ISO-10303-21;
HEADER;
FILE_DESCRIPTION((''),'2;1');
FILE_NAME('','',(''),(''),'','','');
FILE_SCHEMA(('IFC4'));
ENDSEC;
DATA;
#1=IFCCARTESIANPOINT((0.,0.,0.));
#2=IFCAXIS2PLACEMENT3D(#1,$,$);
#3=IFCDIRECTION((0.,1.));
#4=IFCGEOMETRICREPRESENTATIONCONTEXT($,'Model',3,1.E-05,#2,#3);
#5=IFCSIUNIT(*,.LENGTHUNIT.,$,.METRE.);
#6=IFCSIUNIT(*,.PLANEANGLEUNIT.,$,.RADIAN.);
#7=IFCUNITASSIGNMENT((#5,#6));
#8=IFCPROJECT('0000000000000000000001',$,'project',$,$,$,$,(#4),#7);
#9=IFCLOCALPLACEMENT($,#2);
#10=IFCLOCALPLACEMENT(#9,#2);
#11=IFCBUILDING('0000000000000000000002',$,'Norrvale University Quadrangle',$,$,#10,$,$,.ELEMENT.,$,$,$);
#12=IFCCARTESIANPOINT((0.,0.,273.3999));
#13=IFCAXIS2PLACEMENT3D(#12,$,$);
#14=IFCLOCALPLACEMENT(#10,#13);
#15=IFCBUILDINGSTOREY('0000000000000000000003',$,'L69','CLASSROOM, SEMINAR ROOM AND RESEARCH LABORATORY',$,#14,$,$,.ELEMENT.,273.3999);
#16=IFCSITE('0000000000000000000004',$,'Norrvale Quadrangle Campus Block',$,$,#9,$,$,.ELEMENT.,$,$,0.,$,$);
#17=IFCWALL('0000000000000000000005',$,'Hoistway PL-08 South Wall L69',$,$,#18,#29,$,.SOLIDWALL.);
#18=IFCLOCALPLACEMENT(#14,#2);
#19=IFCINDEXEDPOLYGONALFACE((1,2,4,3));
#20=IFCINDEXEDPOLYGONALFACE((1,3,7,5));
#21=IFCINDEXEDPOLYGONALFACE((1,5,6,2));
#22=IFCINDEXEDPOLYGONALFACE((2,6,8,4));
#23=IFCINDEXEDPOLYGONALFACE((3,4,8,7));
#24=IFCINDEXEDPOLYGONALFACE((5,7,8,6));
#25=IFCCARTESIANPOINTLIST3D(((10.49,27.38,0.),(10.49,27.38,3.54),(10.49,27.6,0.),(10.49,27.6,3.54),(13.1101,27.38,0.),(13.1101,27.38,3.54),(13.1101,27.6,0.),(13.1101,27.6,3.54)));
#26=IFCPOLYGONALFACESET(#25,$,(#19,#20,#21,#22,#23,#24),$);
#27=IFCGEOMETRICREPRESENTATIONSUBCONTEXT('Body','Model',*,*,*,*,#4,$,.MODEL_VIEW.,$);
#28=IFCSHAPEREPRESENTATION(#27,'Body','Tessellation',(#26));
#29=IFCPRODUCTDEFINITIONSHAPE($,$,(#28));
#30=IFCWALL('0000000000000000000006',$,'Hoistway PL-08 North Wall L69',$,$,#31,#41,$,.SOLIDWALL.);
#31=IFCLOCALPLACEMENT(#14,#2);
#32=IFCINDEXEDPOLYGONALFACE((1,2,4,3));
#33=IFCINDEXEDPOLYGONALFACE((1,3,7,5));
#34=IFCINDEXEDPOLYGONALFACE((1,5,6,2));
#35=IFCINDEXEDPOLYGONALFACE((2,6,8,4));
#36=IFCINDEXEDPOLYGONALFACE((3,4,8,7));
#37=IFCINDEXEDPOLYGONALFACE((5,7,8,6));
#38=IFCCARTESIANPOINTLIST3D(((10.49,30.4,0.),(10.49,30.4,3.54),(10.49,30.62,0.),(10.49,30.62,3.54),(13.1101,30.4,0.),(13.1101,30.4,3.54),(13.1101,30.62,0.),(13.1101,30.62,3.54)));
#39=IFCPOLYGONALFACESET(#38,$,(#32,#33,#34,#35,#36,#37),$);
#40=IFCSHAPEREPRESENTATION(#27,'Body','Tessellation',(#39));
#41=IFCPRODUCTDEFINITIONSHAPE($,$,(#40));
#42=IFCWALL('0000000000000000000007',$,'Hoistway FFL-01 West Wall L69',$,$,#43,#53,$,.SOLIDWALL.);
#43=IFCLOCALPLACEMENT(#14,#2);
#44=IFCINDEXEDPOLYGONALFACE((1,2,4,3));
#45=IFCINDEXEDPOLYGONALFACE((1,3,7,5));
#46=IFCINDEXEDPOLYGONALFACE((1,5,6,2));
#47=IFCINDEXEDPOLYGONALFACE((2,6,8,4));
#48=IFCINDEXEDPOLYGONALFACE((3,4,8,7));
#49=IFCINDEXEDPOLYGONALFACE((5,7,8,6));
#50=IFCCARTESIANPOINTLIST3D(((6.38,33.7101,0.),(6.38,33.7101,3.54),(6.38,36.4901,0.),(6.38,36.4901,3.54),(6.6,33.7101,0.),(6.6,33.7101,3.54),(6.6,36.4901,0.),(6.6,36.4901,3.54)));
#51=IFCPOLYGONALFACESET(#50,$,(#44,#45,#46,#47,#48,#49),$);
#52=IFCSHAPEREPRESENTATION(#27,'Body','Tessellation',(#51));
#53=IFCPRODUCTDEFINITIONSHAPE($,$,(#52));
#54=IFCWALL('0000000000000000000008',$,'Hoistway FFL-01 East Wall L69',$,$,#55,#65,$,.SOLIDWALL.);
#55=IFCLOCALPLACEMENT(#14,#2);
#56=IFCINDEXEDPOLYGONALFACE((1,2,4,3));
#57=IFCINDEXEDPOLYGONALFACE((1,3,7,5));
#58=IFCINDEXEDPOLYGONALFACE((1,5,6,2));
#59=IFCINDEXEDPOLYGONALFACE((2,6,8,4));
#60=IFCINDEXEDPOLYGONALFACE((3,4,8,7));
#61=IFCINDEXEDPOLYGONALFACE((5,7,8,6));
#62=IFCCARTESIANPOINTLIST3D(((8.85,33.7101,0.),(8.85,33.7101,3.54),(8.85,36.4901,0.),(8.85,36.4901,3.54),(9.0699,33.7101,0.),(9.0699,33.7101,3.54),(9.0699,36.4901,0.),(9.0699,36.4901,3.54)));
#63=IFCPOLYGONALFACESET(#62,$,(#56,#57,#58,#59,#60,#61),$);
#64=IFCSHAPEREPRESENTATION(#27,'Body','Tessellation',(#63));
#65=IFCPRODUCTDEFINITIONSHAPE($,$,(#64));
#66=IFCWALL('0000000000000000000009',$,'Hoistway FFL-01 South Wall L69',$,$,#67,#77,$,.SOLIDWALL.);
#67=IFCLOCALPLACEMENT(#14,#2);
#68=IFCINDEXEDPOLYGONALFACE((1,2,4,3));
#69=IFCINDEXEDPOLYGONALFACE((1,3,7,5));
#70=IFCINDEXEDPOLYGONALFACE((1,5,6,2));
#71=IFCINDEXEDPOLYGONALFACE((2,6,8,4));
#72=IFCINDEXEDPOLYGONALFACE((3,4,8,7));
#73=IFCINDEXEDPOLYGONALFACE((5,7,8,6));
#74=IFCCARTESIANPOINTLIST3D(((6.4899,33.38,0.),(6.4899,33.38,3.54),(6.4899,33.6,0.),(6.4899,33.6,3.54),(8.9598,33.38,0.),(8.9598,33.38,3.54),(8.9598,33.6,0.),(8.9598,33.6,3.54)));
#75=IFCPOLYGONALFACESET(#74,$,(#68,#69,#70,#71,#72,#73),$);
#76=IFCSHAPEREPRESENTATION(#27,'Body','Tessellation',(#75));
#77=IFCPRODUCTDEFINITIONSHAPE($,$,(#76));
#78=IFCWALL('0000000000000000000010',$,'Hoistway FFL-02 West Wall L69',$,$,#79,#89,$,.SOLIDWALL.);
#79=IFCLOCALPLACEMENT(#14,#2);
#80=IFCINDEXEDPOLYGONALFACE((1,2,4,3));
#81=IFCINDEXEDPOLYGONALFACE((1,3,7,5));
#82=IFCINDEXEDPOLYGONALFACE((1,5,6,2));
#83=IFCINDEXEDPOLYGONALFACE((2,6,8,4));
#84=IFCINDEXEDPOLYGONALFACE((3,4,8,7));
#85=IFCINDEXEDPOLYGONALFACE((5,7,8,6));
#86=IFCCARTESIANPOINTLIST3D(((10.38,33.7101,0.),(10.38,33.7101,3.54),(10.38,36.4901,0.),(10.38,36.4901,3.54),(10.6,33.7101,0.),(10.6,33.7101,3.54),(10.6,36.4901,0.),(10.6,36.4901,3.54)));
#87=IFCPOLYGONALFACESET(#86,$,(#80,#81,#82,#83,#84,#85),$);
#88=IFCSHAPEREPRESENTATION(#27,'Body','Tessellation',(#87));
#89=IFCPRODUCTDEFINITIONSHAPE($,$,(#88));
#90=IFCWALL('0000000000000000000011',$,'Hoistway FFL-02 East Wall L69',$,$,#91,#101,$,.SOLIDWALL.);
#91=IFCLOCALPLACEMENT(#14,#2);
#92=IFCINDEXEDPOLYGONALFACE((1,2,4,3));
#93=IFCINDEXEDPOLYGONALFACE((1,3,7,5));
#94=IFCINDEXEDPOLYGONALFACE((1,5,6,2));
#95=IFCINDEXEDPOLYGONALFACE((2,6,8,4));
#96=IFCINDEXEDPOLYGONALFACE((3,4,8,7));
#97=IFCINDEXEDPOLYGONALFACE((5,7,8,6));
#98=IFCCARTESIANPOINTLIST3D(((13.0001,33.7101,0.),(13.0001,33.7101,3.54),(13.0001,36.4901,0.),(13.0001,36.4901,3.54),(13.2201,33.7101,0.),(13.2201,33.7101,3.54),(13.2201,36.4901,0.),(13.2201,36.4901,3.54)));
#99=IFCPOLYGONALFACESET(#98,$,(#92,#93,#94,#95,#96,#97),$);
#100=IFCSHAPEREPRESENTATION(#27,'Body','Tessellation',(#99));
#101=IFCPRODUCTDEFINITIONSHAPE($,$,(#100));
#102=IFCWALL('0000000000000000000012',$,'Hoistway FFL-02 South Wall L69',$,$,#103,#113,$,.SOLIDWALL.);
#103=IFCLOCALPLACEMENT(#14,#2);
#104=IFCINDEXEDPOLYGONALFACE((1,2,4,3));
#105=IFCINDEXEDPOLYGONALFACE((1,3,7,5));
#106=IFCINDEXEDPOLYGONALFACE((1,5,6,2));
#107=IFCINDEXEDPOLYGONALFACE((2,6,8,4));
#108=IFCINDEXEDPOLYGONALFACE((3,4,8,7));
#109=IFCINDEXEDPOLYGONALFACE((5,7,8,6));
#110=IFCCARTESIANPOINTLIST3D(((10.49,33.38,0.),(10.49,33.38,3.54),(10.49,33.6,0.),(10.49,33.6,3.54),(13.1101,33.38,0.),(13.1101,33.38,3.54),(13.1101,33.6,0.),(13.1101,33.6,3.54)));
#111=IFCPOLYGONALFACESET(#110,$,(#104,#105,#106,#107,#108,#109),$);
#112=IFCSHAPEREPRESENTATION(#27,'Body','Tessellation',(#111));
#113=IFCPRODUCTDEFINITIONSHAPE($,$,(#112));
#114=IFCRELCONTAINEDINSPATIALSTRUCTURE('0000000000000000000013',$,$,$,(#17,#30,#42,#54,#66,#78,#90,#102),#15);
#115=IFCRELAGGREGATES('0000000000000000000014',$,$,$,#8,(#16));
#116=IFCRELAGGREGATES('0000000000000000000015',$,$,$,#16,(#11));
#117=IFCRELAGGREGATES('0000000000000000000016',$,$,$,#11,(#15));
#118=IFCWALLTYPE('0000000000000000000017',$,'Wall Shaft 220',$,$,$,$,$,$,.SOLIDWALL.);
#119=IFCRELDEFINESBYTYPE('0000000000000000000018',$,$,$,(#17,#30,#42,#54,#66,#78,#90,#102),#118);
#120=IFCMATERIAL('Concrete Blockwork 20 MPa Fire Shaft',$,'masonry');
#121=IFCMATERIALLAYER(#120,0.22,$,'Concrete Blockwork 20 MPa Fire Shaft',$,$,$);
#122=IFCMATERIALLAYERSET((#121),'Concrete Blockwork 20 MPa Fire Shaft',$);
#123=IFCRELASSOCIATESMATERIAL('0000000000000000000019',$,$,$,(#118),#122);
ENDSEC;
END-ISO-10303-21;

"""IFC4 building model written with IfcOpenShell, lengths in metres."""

from ifc_helpers import new_model, si_unit, direction, frame, frame_2d, origin, place, context, subcontext, project, spatial, rectangle, extrude, material, layer, layer_set, type_object, element, save


model = new_model("IFC4")

# Units and contexts
model_context = context("Model", 3, precision=1e-05, world=origin(), true_north=direction((0.0, 1.0)))
body_context = subcontext(model_context, "Body", "Model", "MODEL_VIEW")
ifc_project = project(units=[si_unit("LENGTHUNIT", "METRE"), si_unit("PLANEANGLEUNIT", "RADIAN")], contexts=[model_context])

# Site, building, storey
site_placement = place(None, origin())
site = spatial("IfcSite", under=ifc_project, at=site_placement, Name="Norrvale Quadrangle Campus Block", CompositionType="ELEMENT", RefElevation=0.0)
building_placement = place(site_placement, origin())
building = spatial("IfcBuilding", under=site, at=building_placement, Name="Norrvale University Quadrangle", CompositionType="ELEMENT")
storey_placement = place(building_placement, frame((0.0, 0.0, 273.3999)))
storey = spatial("IfcBuildingStorey", under=building, at=storey_placement, Name="L69", Description="CLASSROOM, SEMINAR ROOM AND RESEARCH LABORATORY", CompositionType="ELEMENT", Elevation=273.3999)

# Shared definitions
ifc_material_1 = material(Name="Concrete Blockwork 20 MPa Fire Shaft", Category="masonry")
ifc_layer_1 = layer(ifc_material_1, 0.22, Name="Concrete Blockwork 20 MPa Fire Shaft")
ifc_layer_set_1 = layer_set([ifc_layer_1], Name="Concrete Blockwork 20 MPa Fire Shaft")
wall_type_1 = type_object("IfcWallType", Name="Wall Shaft 220", PredefinedType="SOLIDWALL", material=ifc_layer_set_1)

# Walls
for number, where, z_axis, x_axis, name in (
    (1, (10.49, 27.49, 0.0), (0.0, 0.0, 1.0), (1.0, 0.0, 0.0), "Hoistway PL-08 South Wall L69"),
    (2, (10.49, 30.51, 0.0), (0.0, 0.0, 1.0), (1.0, 0.0, 0.0), "Hoistway PL-08 North Wall L69"),
):
    element("IfcWall", number, at=place(storey_placement, frame(where, z_axis=z_axis, x_axis=x_axis)), inside=storey, type_object=wall_type_1, Name=name, PredefinedType="SOLIDWALL", context=body_context, shape_type="SweptSolid", body=[
        extrude(rectangle(XDim=2.6201, YDim=0.22, at=frame_2d((1.3101, 0.0))), origin(), (0.0, 0.0, 1.0), 3.54),
    ])
for number, where, z_axis, x_axis, name in (
    (3, (6.49, 33.71, 0.0), (0.0, 0.0, 1.0), (0.0, 1.0, 0.0), "Hoistway FFL-01 West Wall L69"),
    (4, (8.96, 33.71, 0.0), (0.0, 0.0, 1.0), (0.0, 1.0, 0.0), "Hoistway FFL-01 East Wall L69"),
):
    element("IfcWall", number, at=place(storey_placement, frame(where, z_axis=z_axis, x_axis=x_axis)), inside=storey, type_object=wall_type_1, Name=name, PredefinedType="SOLIDWALL", context=body_context, shape_type="SweptSolid", body=[
        extrude(rectangle(XDim=2.78, YDim=0.22, at=frame_2d((1.3901, 0.0))), origin(), (0.0, 0.0, 1.0), 3.54),
    ])
wall_1_placement = place(storey_placement, frame((6.49, 33.49, 0.0), z_axis=(0.0, 0.0, 1.0), x_axis=(1.0, 0.0, 0.0)))
element("IfcWall", 5, at=wall_1_placement, inside=storey, type_object=wall_type_1, Name="Hoistway FFL-01 South Wall L69", PredefinedType="SOLIDWALL", context=body_context, shape_type="SweptSolid", body=[
    extrude(rectangle(XDim=2.47, YDim=0.22, at=frame_2d((1.2349, 0.0))), origin(), (0.0, 0.0, 1.0), 3.54),
])
for number, where, z_axis, x_axis, name in (
    (6, (10.49, 33.71, 0.0), (0.0, 0.0, 1.0), (0.0, 1.0, 0.0), "Hoistway FFL-02 West Wall L69"),
    (7, (13.1101, 33.71, 0.0), (0.0, 0.0, 1.0), (0.0, 1.0, 0.0), "Hoistway FFL-02 East Wall L69"),
):
    element("IfcWall", number, at=place(storey_placement, frame(where, z_axis=z_axis, x_axis=x_axis)), inside=storey, type_object=wall_type_1, Name=name, PredefinedType="SOLIDWALL", context=body_context, shape_type="SweptSolid", body=[
        extrude(rectangle(XDim=2.78, YDim=0.22, at=frame_2d((1.3901, 0.0))), origin(), (0.0, 0.0, 1.0), 3.54),
    ])
wall_2_placement = place(storey_placement, frame((10.49, 33.49, 0.0), z_axis=(0.0, 0.0, 1.0), x_axis=(1.0, 0.0, 0.0)))
element("IfcWall", 8, at=wall_2_placement, inside=storey, type_object=wall_type_1, Name="Hoistway FFL-02 South Wall L69", PredefinedType="SOLIDWALL", context=body_context, shape_type="SweptSolid", body=[
    extrude(rectangle(XDim=2.6201, YDim=0.22, at=frame_2d((1.3101, 0.0))), origin(), (0.0, 0.0, 1.0), 3.54),
])

save(model, "model.ifc")
